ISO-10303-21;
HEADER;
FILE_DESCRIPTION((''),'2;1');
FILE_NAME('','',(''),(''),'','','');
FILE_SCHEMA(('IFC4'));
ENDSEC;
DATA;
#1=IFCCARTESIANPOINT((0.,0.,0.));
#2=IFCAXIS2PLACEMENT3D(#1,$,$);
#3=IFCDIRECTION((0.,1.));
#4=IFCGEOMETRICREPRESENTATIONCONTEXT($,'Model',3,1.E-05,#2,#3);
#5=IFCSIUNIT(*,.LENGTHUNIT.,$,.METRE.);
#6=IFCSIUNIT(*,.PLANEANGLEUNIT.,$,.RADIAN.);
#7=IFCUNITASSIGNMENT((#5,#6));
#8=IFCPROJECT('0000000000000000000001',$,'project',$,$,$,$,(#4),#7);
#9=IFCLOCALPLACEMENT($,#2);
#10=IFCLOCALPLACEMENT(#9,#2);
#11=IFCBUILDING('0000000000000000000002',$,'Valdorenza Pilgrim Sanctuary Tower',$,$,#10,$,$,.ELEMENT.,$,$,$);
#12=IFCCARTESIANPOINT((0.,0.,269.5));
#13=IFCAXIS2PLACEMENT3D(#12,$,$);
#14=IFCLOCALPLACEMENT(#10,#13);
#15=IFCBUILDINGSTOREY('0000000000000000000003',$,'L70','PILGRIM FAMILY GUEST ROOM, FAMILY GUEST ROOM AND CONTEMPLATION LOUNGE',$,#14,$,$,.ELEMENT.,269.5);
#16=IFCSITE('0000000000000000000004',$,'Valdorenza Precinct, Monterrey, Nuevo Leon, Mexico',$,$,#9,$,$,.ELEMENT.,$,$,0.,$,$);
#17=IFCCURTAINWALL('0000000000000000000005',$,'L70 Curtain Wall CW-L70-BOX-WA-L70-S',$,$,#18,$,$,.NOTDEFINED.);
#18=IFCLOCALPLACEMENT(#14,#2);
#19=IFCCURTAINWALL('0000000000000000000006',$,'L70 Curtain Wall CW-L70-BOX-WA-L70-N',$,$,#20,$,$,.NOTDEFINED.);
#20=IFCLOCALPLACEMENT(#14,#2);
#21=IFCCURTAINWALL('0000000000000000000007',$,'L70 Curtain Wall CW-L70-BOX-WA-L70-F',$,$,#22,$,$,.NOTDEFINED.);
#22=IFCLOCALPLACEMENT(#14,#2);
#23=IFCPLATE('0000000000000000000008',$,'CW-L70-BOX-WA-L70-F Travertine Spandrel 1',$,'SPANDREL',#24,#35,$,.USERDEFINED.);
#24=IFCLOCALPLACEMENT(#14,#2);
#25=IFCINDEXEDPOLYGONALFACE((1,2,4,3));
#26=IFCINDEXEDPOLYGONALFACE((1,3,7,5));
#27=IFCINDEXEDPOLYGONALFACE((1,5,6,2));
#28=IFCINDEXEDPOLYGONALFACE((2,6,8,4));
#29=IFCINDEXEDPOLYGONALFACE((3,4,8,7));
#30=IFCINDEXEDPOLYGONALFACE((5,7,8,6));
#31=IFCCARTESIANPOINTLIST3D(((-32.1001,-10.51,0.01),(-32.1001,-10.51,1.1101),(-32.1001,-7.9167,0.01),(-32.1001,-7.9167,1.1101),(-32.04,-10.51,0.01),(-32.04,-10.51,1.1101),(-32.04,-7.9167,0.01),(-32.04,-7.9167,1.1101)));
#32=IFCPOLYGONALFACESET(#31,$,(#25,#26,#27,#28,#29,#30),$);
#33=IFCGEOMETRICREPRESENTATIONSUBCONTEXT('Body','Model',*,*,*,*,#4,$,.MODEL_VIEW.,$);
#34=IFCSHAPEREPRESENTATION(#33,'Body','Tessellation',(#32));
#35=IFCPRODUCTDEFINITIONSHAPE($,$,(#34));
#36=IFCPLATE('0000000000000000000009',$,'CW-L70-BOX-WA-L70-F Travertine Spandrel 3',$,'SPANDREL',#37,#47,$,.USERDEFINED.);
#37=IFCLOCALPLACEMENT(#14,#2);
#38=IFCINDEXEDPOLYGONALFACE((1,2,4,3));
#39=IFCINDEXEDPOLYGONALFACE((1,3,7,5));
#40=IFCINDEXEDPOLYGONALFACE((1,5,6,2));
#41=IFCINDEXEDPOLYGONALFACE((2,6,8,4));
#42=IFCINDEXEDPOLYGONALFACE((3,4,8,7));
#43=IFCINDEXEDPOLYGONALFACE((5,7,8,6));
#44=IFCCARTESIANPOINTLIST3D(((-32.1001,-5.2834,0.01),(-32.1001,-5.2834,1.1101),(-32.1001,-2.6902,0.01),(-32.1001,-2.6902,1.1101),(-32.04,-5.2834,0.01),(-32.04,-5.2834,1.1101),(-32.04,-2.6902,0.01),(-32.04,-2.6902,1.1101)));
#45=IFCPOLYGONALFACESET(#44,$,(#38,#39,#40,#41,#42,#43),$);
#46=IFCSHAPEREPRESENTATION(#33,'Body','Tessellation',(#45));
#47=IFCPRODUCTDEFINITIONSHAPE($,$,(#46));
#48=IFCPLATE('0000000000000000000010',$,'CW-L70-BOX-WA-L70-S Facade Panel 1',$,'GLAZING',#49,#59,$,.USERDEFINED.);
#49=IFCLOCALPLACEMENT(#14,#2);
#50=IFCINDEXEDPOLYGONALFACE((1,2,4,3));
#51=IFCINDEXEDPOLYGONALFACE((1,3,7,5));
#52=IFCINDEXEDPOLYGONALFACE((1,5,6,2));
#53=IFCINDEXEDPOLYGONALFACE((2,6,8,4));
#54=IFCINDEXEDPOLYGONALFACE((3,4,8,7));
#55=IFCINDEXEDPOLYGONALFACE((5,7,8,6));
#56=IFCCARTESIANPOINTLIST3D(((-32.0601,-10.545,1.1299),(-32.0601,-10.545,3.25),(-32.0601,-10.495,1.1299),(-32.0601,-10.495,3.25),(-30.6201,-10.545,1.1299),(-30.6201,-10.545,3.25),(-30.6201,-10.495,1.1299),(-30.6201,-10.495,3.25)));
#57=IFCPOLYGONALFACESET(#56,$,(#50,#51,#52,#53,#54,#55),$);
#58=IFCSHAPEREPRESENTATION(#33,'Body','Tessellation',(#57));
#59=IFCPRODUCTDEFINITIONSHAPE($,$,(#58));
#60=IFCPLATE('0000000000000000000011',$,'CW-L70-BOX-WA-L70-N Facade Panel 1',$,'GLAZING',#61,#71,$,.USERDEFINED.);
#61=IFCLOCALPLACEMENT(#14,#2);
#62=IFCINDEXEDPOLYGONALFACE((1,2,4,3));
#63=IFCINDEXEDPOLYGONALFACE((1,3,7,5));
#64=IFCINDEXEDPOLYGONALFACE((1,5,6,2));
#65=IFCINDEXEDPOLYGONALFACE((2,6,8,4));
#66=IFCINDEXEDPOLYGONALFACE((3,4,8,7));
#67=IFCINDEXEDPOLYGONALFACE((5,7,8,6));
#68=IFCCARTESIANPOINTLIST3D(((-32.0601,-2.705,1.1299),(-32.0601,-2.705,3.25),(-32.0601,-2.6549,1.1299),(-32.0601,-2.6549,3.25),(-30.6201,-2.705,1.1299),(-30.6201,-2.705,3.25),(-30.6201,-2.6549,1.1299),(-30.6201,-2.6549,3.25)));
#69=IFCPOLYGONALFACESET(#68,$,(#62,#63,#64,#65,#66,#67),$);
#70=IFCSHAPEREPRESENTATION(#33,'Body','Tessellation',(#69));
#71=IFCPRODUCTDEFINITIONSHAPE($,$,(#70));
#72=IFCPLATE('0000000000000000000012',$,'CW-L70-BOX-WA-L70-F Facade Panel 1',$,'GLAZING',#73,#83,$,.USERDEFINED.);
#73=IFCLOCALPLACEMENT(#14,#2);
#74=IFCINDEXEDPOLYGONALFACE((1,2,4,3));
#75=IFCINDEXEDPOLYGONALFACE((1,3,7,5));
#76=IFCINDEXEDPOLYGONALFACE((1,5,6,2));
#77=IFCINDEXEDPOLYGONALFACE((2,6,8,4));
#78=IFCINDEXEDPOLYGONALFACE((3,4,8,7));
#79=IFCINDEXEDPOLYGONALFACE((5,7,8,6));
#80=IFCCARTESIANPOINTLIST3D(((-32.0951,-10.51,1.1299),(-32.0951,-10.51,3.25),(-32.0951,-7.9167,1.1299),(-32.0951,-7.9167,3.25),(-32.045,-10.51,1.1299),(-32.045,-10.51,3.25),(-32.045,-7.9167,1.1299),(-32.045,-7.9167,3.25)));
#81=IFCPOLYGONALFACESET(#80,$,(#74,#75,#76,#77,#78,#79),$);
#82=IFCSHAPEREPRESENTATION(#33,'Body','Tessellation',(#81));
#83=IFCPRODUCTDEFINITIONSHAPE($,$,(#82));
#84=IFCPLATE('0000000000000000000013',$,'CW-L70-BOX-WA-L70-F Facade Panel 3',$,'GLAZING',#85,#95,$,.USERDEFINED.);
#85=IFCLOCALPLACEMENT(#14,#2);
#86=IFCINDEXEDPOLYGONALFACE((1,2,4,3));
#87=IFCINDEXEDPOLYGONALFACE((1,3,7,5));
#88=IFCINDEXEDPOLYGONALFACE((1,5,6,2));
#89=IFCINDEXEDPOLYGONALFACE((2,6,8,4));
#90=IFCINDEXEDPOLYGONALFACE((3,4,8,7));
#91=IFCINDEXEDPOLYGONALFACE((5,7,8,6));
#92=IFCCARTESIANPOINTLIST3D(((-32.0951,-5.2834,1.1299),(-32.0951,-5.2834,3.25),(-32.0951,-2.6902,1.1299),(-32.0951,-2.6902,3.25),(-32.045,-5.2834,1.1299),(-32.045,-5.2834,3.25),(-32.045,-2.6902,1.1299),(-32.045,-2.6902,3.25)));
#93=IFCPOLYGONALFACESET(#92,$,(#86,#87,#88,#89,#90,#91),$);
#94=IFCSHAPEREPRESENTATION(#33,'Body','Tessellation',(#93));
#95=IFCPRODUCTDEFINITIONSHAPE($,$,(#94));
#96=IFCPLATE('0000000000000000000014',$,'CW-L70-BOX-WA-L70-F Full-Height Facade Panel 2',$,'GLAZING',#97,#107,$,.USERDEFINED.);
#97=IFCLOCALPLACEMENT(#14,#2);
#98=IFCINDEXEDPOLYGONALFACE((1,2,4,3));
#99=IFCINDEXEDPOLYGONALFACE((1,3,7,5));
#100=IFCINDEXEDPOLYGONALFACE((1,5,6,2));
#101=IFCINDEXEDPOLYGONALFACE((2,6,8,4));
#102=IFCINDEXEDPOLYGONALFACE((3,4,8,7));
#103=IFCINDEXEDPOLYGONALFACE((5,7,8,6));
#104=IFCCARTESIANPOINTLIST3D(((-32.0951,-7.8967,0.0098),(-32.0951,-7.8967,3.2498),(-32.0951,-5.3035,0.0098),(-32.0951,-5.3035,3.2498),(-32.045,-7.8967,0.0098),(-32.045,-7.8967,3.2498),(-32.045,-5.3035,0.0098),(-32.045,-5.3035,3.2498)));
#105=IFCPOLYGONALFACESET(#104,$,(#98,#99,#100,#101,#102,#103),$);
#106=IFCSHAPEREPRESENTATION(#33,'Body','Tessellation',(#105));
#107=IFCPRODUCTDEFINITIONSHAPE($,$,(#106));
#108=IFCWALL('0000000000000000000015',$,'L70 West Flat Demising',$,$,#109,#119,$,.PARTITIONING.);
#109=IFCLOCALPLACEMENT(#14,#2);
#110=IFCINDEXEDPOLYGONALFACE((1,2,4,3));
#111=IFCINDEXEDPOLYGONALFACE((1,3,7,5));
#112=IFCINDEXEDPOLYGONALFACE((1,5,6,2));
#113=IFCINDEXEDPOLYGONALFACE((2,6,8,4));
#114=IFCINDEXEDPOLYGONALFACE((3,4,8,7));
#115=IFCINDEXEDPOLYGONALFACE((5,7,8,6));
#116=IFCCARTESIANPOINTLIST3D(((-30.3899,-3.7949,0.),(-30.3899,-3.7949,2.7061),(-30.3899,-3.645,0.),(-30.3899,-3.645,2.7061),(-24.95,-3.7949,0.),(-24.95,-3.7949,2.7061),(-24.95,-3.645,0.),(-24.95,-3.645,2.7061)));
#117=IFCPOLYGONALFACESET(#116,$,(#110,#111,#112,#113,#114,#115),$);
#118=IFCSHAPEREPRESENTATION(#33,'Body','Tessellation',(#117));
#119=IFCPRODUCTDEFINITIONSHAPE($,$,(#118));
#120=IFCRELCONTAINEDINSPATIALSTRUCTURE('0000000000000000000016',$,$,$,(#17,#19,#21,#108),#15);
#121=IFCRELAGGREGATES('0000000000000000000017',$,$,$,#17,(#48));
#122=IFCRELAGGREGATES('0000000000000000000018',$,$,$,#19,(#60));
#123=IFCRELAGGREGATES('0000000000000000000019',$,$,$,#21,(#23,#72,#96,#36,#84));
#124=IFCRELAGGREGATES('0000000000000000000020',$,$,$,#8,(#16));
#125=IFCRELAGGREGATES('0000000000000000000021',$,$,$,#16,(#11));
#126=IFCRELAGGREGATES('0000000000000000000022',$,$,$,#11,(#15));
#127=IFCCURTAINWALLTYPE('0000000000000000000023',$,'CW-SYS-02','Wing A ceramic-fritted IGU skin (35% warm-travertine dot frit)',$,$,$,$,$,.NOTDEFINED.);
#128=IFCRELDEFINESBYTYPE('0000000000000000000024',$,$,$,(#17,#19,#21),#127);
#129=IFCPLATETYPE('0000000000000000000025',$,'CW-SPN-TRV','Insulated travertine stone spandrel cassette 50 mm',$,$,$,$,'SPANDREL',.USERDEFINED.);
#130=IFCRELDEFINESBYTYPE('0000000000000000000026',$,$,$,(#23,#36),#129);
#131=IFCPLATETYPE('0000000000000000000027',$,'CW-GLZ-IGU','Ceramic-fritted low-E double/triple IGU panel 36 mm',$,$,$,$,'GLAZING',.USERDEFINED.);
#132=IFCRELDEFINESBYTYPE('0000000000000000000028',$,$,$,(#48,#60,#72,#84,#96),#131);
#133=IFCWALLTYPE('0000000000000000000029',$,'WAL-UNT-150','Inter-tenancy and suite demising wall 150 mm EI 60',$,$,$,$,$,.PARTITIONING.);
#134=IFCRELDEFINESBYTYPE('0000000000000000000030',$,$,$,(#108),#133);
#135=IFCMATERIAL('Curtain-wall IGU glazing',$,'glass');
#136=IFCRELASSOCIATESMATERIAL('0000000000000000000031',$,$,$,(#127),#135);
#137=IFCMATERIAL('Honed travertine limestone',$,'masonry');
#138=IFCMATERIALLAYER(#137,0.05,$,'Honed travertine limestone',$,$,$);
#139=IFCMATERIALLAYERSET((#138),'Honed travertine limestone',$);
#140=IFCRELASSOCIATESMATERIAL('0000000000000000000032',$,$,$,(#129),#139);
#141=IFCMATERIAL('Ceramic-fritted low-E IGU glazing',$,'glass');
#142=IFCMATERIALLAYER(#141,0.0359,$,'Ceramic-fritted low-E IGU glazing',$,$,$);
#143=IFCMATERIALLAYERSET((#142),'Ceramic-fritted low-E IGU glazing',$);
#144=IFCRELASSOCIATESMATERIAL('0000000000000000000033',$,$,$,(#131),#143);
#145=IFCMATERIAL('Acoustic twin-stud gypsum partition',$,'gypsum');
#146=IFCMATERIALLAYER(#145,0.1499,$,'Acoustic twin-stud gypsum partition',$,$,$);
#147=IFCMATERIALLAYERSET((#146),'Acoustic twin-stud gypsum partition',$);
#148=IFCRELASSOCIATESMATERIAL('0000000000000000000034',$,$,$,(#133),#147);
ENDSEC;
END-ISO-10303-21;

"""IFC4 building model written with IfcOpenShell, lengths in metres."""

from ifc_helpers import new_model, si_unit, direction, frame, frame_2d, origin, origin_2d, place, context, subcontext, project, spatial, rectangle, extrude, source, transform, mapped, material, layer, layer_set, type_object, element, aggregate, save


model = new_model("IFC4")

# Units and contexts
model_context = context("Model", 3, precision=1e-05, world=origin(), true_north=direction((0.0, 1.0)))
body_context = subcontext(model_context, "Body", "Model", "MODEL_VIEW")
ifc_project = project(units=[si_unit("LENGTHUNIT", "METRE"), si_unit("PLANEANGLEUNIT", "RADIAN")], contexts=[model_context])

# Site, building, storey
site_placement = place(None, origin())
site = spatial("IfcSite", under=ifc_project, at=site_placement, Name="Valdorenza Precinct, Monterrey, Nuevo Leon, Mexico", CompositionType="ELEMENT", RefElevation=0.0)
building_placement = place(site_placement, origin())
building = spatial("IfcBuilding", under=site, at=building_placement, Name="Valdorenza Pilgrim Sanctuary Tower", CompositionType="ELEMENT")
storey_placement = place(building_placement, frame((0.0, 0.0, 269.5)))
storey = spatial("IfcBuildingStorey", under=building, at=storey_placement, Name="L70", Description="PILGRIM FAMILY GUEST ROOM, FAMILY GUEST ROOM AND CONTEMPLATION LOUNGE", CompositionType="ELEMENT", Elevation=269.5)

# Curtain walls
ifc_material_1 = material(Name="Curtain-wall IGU glazing", Category="glass")
curtain_wall_type = type_object("IfcCurtainWallType", Name="CW-SYS-02", Description="Wing A ceramic-fritted IGU skin (35% warm-travertine dot frit)", PredefinedType="NOTDEFINED", material=ifc_material_1)
curtain_wall_1_placement = place(storey_placement, origin())
curtain_wall_1 = element("IfcCurtainWall", 1, at=curtain_wall_1_placement, inside=storey, type_object=curtain_wall_type, Name="L70 Curtain Wall CW-L70-BOX-WA-L70-S", PredefinedType="NOTDEFINED")
curtain_wall_2_placement = place(storey_placement, origin())
curtain_wall_2 = element("IfcCurtainWall", 2, at=curtain_wall_2_placement, inside=storey, type_object=curtain_wall_type, Name="L70 Curtain Wall CW-L70-BOX-WA-L70-N", PredefinedType="NOTDEFINED")

# Curtain wall
curtain_wall_3_placement = place(storey_placement, origin())
curtain_wall_3 = element("IfcCurtainWall", 3, at=curtain_wall_3_placement, inside=storey, type_object=curtain_wall_type, Name="L70 Curtain Wall CW-L70-BOX-WA-L70-F", PredefinedType="NOTDEFINED")

# Plates
ifc_material_2 = material(Name="Honed travertine limestone", Category="masonry")
ifc_layer_1 = layer(ifc_material_2, 0.05, Name="Honed travertine limestone")
ifc_layer_set_1 = layer_set([ifc_layer_1], Name="Honed travertine limestone")
plate_type_1 = type_object("IfcPlateType", Name="CW-SPN-TRV", Description="Insulated travertine stone spandrel cassette 50 mm", ElementType="SPANDREL", PredefinedType="USERDEFINED", material=ifc_layer_set_1)
shared_shape_1 = source(origin(), body_context, "Body", "SweptSolid", [
    extrude(rectangle(XDim=2.5933, YDim=0.0601, at=origin_2d()), origin(), (0.0, 0.0, 1.0), 1.1001),
])
plate_1_placement = place(storey_placement, frame((-32.0701, -9.2134, 0.01), z_axis=(0.0, 0.0, 1.0), x_axis=(0.0, 1.0, 0.0)))
plate_1 = element("IfcPlate", 4, at=plate_1_placement, type_object=plate_type_1, Name="CW-L70-BOX-WA-L70-F Travertine Spandrel 1", ObjectType="SPANDREL", PredefinedType="USERDEFINED", context=body_context, shape_type="MappedRepresentation", body=[
    mapped(shared_shape_1, transform((0.0, 0.0, 0.0), x_axis=(1.0, 0.0, 0.0), y_axis=(0.0, 1.0, 0.0), z_axis=(0.0, 0.0, 1.0), scale=1.0)),
])
plate_2_placement = place(storey_placement, frame((-32.0701, -3.9868, 0.01), z_axis=(0.0, 0.0, 1.0), x_axis=(0.0, 1.0, 0.0)))
plate_2 = element("IfcPlate", 5, at=plate_2_placement, type_object=plate_type_1, Name="CW-L70-BOX-WA-L70-F Travertine Spandrel 3", ObjectType="SPANDREL", PredefinedType="USERDEFINED", context=body_context, shape_type="MappedRepresentation", body=[
    mapped(shared_shape_1, transform((0.0, 0.0, 0.0), x_axis=(1.0, 0.0, 0.0), y_axis=(0.0, 1.0, 0.0), z_axis=(0.0, 0.0, 1.0), scale=1.0)),
])
ifc_material_3 = material(Name="Ceramic-fritted low-E IGU glazing", Category="glass")
ifc_layer_2 = layer(ifc_material_3, 0.0359, Name="Ceramic-fritted low-E IGU glazing")
ifc_layer_set_2 = layer_set([ifc_layer_2], Name="Ceramic-fritted low-E IGU glazing")
plate_type_2 = type_object("IfcPlateType", Name="CW-GLZ-IGU", Description="Ceramic-fritted low-E double/triple IGU panel 36 mm", ElementType="GLAZING", PredefinedType="USERDEFINED", material=ifc_layer_set_2)
shared_shape_2 = source(origin(), body_context, "Body", "SweptSolid", [
    extrude(rectangle(XDim=1.4399, YDim=0.05, at=origin_2d()), origin(), (0.0, 0.0, 1.0), 2.1201),
])
plate_3_placement = place(storey_placement, frame((-31.3401, -10.52, 1.1299), z_axis=(0.0, 0.0, 1.0), x_axis=(-1.0, 0.0, 0.0)))
plate_3 = element("IfcPlate", 6, at=plate_3_placement, type_object=plate_type_2, Name="CW-L70-BOX-WA-L70-S Facade Panel 1", ObjectType="GLAZING", PredefinedType="USERDEFINED", context=body_context, shape_type="MappedRepresentation", body=[
    mapped(shared_shape_2, transform((0.0, 0.0, 0.0), x_axis=(1.0, 0.0, 0.0), y_axis=(0.0, 1.0, 0.0), z_axis=(0.0, 0.0, 1.0), scale=1.0)),
])
aggregate(curtain_wall_1, [plate_3])
plate_4_placement = place(storey_placement, frame((-31.3401, -2.6799, 1.1299), z_axis=(0.0, 0.0, 1.0), x_axis=(1.0, 0.0, 0.0)))
plate_4 = element("IfcPlate", 7, at=plate_4_placement, type_object=plate_type_2, Name="CW-L70-BOX-WA-L70-N Facade Panel 1", ObjectType="GLAZING", PredefinedType="USERDEFINED", context=body_context, shape_type="MappedRepresentation", body=[
    mapped(shared_shape_2, transform((0.0, 0.0, 0.0), x_axis=(1.0, 0.0, 0.0), y_axis=(0.0, 1.0, 0.0), z_axis=(0.0, 0.0, 1.0), scale=1.0)),
])
aggregate(curtain_wall_2, [plate_4])
shared_shape_3 = source(origin(), body_context, "Body", "SweptSolid", [
    extrude(rectangle(XDim=2.5933, YDim=0.05, at=origin_2d()), origin(), (0.0, 0.0, 1.0), 2.1201),
])
plate_5_placement = place(storey_placement, frame((-32.0701, -9.2134, 1.1299), z_axis=(0.0, 0.0, 1.0), x_axis=(0.0, 1.0, 0.0)))
plate_5 = element("IfcPlate", 8, at=plate_5_placement, type_object=plate_type_2, Name="CW-L70-BOX-WA-L70-F Facade Panel 1", ObjectType="GLAZING", PredefinedType="USERDEFINED", context=body_context, shape_type="MappedRepresentation", body=[
    mapped(shared_shape_3, transform((0.0, 0.0, 0.0), x_axis=(1.0, 0.0, 0.0), y_axis=(0.0, 1.0, 0.0), z_axis=(0.0, 0.0, 1.0), scale=1.0)),
])
plate_6_placement = place(storey_placement, frame((-32.0701, -3.9868, 1.1299), z_axis=(0.0, 0.0, 1.0), x_axis=(0.0, 1.0, 0.0)))
plate_6 = element("IfcPlate", 9, at=plate_6_placement, type_object=plate_type_2, Name="CW-L70-BOX-WA-L70-F Facade Panel 3", ObjectType="GLAZING", PredefinedType="USERDEFINED", context=body_context, shape_type="MappedRepresentation", body=[
    mapped(shared_shape_3, transform((0.0, 0.0, 0.0), x_axis=(1.0, 0.0, 0.0), y_axis=(0.0, 1.0, 0.0), z_axis=(0.0, 0.0, 1.0), scale=1.0)),
])
shared_shape_4 = source(origin(), body_context, "Body", "SweptSolid", [
    extrude(rectangle(XDim=2.5933, YDim=0.05, at=origin_2d()), origin(), (0.0, 0.0, 1.0), 3.24),
])
plate_7_placement = place(storey_placement, frame((-32.0701, -6.6001, 0.0098), z_axis=(0.0, 0.0, 1.0), x_axis=(0.0, 1.0, 0.0)))
plate_7 = element("IfcPlate", 10, at=plate_7_placement, type_object=plate_type_2, Name="CW-L70-BOX-WA-L70-F Full-Height Facade Panel 2", ObjectType="GLAZING", PredefinedType="USERDEFINED", context=body_context, shape_type="MappedRepresentation", body=[
    mapped(shared_shape_4, transform((0.0, 0.0, 0.0), x_axis=(1.0, 0.0, 0.0), y_axis=(0.0, 1.0, 0.0), z_axis=(0.0, 0.0, 1.0), scale=1.0)),
])
aggregate(curtain_wall_3, [plate_1, plate_5, plate_7, plate_2, plate_6])

# Wall
ifc_material_4 = material(Name="Acoustic twin-stud gypsum partition", Category="gypsum")
ifc_layer_3 = layer(ifc_material_4, 0.1499, Name="Acoustic twin-stud gypsum partition")
ifc_layer_set_3 = layer_set([ifc_layer_3], Name="Acoustic twin-stud gypsum partition")
wall_type = type_object("IfcWallType", Name="WAL-UNT-150", Description="Inter-tenancy and suite demising wall 150 mm EI 60", PredefinedType="PARTITIONING", material=ifc_layer_set_3)
wall_placement = place(storey_placement, frame((-30.3899, -3.72, 0.0), z_axis=(0.0, 0.0, 1.0), x_axis=(1.0, 0.0, 0.0)))
element("IfcWall", 11, at=wall_placement, inside=storey, type_object=wall_type, Name="L70 West Flat Demising", PredefinedType="PARTITIONING", context=body_context, shape_type="SweptSolid", body=[
    extrude(rectangle(XDim=5.4399, YDim=0.1499, at=frame_2d((2.72, 0.0))), origin(), (0.0, 0.0, 1.0), 2.7061),
])

save(model, "model.ifc")
